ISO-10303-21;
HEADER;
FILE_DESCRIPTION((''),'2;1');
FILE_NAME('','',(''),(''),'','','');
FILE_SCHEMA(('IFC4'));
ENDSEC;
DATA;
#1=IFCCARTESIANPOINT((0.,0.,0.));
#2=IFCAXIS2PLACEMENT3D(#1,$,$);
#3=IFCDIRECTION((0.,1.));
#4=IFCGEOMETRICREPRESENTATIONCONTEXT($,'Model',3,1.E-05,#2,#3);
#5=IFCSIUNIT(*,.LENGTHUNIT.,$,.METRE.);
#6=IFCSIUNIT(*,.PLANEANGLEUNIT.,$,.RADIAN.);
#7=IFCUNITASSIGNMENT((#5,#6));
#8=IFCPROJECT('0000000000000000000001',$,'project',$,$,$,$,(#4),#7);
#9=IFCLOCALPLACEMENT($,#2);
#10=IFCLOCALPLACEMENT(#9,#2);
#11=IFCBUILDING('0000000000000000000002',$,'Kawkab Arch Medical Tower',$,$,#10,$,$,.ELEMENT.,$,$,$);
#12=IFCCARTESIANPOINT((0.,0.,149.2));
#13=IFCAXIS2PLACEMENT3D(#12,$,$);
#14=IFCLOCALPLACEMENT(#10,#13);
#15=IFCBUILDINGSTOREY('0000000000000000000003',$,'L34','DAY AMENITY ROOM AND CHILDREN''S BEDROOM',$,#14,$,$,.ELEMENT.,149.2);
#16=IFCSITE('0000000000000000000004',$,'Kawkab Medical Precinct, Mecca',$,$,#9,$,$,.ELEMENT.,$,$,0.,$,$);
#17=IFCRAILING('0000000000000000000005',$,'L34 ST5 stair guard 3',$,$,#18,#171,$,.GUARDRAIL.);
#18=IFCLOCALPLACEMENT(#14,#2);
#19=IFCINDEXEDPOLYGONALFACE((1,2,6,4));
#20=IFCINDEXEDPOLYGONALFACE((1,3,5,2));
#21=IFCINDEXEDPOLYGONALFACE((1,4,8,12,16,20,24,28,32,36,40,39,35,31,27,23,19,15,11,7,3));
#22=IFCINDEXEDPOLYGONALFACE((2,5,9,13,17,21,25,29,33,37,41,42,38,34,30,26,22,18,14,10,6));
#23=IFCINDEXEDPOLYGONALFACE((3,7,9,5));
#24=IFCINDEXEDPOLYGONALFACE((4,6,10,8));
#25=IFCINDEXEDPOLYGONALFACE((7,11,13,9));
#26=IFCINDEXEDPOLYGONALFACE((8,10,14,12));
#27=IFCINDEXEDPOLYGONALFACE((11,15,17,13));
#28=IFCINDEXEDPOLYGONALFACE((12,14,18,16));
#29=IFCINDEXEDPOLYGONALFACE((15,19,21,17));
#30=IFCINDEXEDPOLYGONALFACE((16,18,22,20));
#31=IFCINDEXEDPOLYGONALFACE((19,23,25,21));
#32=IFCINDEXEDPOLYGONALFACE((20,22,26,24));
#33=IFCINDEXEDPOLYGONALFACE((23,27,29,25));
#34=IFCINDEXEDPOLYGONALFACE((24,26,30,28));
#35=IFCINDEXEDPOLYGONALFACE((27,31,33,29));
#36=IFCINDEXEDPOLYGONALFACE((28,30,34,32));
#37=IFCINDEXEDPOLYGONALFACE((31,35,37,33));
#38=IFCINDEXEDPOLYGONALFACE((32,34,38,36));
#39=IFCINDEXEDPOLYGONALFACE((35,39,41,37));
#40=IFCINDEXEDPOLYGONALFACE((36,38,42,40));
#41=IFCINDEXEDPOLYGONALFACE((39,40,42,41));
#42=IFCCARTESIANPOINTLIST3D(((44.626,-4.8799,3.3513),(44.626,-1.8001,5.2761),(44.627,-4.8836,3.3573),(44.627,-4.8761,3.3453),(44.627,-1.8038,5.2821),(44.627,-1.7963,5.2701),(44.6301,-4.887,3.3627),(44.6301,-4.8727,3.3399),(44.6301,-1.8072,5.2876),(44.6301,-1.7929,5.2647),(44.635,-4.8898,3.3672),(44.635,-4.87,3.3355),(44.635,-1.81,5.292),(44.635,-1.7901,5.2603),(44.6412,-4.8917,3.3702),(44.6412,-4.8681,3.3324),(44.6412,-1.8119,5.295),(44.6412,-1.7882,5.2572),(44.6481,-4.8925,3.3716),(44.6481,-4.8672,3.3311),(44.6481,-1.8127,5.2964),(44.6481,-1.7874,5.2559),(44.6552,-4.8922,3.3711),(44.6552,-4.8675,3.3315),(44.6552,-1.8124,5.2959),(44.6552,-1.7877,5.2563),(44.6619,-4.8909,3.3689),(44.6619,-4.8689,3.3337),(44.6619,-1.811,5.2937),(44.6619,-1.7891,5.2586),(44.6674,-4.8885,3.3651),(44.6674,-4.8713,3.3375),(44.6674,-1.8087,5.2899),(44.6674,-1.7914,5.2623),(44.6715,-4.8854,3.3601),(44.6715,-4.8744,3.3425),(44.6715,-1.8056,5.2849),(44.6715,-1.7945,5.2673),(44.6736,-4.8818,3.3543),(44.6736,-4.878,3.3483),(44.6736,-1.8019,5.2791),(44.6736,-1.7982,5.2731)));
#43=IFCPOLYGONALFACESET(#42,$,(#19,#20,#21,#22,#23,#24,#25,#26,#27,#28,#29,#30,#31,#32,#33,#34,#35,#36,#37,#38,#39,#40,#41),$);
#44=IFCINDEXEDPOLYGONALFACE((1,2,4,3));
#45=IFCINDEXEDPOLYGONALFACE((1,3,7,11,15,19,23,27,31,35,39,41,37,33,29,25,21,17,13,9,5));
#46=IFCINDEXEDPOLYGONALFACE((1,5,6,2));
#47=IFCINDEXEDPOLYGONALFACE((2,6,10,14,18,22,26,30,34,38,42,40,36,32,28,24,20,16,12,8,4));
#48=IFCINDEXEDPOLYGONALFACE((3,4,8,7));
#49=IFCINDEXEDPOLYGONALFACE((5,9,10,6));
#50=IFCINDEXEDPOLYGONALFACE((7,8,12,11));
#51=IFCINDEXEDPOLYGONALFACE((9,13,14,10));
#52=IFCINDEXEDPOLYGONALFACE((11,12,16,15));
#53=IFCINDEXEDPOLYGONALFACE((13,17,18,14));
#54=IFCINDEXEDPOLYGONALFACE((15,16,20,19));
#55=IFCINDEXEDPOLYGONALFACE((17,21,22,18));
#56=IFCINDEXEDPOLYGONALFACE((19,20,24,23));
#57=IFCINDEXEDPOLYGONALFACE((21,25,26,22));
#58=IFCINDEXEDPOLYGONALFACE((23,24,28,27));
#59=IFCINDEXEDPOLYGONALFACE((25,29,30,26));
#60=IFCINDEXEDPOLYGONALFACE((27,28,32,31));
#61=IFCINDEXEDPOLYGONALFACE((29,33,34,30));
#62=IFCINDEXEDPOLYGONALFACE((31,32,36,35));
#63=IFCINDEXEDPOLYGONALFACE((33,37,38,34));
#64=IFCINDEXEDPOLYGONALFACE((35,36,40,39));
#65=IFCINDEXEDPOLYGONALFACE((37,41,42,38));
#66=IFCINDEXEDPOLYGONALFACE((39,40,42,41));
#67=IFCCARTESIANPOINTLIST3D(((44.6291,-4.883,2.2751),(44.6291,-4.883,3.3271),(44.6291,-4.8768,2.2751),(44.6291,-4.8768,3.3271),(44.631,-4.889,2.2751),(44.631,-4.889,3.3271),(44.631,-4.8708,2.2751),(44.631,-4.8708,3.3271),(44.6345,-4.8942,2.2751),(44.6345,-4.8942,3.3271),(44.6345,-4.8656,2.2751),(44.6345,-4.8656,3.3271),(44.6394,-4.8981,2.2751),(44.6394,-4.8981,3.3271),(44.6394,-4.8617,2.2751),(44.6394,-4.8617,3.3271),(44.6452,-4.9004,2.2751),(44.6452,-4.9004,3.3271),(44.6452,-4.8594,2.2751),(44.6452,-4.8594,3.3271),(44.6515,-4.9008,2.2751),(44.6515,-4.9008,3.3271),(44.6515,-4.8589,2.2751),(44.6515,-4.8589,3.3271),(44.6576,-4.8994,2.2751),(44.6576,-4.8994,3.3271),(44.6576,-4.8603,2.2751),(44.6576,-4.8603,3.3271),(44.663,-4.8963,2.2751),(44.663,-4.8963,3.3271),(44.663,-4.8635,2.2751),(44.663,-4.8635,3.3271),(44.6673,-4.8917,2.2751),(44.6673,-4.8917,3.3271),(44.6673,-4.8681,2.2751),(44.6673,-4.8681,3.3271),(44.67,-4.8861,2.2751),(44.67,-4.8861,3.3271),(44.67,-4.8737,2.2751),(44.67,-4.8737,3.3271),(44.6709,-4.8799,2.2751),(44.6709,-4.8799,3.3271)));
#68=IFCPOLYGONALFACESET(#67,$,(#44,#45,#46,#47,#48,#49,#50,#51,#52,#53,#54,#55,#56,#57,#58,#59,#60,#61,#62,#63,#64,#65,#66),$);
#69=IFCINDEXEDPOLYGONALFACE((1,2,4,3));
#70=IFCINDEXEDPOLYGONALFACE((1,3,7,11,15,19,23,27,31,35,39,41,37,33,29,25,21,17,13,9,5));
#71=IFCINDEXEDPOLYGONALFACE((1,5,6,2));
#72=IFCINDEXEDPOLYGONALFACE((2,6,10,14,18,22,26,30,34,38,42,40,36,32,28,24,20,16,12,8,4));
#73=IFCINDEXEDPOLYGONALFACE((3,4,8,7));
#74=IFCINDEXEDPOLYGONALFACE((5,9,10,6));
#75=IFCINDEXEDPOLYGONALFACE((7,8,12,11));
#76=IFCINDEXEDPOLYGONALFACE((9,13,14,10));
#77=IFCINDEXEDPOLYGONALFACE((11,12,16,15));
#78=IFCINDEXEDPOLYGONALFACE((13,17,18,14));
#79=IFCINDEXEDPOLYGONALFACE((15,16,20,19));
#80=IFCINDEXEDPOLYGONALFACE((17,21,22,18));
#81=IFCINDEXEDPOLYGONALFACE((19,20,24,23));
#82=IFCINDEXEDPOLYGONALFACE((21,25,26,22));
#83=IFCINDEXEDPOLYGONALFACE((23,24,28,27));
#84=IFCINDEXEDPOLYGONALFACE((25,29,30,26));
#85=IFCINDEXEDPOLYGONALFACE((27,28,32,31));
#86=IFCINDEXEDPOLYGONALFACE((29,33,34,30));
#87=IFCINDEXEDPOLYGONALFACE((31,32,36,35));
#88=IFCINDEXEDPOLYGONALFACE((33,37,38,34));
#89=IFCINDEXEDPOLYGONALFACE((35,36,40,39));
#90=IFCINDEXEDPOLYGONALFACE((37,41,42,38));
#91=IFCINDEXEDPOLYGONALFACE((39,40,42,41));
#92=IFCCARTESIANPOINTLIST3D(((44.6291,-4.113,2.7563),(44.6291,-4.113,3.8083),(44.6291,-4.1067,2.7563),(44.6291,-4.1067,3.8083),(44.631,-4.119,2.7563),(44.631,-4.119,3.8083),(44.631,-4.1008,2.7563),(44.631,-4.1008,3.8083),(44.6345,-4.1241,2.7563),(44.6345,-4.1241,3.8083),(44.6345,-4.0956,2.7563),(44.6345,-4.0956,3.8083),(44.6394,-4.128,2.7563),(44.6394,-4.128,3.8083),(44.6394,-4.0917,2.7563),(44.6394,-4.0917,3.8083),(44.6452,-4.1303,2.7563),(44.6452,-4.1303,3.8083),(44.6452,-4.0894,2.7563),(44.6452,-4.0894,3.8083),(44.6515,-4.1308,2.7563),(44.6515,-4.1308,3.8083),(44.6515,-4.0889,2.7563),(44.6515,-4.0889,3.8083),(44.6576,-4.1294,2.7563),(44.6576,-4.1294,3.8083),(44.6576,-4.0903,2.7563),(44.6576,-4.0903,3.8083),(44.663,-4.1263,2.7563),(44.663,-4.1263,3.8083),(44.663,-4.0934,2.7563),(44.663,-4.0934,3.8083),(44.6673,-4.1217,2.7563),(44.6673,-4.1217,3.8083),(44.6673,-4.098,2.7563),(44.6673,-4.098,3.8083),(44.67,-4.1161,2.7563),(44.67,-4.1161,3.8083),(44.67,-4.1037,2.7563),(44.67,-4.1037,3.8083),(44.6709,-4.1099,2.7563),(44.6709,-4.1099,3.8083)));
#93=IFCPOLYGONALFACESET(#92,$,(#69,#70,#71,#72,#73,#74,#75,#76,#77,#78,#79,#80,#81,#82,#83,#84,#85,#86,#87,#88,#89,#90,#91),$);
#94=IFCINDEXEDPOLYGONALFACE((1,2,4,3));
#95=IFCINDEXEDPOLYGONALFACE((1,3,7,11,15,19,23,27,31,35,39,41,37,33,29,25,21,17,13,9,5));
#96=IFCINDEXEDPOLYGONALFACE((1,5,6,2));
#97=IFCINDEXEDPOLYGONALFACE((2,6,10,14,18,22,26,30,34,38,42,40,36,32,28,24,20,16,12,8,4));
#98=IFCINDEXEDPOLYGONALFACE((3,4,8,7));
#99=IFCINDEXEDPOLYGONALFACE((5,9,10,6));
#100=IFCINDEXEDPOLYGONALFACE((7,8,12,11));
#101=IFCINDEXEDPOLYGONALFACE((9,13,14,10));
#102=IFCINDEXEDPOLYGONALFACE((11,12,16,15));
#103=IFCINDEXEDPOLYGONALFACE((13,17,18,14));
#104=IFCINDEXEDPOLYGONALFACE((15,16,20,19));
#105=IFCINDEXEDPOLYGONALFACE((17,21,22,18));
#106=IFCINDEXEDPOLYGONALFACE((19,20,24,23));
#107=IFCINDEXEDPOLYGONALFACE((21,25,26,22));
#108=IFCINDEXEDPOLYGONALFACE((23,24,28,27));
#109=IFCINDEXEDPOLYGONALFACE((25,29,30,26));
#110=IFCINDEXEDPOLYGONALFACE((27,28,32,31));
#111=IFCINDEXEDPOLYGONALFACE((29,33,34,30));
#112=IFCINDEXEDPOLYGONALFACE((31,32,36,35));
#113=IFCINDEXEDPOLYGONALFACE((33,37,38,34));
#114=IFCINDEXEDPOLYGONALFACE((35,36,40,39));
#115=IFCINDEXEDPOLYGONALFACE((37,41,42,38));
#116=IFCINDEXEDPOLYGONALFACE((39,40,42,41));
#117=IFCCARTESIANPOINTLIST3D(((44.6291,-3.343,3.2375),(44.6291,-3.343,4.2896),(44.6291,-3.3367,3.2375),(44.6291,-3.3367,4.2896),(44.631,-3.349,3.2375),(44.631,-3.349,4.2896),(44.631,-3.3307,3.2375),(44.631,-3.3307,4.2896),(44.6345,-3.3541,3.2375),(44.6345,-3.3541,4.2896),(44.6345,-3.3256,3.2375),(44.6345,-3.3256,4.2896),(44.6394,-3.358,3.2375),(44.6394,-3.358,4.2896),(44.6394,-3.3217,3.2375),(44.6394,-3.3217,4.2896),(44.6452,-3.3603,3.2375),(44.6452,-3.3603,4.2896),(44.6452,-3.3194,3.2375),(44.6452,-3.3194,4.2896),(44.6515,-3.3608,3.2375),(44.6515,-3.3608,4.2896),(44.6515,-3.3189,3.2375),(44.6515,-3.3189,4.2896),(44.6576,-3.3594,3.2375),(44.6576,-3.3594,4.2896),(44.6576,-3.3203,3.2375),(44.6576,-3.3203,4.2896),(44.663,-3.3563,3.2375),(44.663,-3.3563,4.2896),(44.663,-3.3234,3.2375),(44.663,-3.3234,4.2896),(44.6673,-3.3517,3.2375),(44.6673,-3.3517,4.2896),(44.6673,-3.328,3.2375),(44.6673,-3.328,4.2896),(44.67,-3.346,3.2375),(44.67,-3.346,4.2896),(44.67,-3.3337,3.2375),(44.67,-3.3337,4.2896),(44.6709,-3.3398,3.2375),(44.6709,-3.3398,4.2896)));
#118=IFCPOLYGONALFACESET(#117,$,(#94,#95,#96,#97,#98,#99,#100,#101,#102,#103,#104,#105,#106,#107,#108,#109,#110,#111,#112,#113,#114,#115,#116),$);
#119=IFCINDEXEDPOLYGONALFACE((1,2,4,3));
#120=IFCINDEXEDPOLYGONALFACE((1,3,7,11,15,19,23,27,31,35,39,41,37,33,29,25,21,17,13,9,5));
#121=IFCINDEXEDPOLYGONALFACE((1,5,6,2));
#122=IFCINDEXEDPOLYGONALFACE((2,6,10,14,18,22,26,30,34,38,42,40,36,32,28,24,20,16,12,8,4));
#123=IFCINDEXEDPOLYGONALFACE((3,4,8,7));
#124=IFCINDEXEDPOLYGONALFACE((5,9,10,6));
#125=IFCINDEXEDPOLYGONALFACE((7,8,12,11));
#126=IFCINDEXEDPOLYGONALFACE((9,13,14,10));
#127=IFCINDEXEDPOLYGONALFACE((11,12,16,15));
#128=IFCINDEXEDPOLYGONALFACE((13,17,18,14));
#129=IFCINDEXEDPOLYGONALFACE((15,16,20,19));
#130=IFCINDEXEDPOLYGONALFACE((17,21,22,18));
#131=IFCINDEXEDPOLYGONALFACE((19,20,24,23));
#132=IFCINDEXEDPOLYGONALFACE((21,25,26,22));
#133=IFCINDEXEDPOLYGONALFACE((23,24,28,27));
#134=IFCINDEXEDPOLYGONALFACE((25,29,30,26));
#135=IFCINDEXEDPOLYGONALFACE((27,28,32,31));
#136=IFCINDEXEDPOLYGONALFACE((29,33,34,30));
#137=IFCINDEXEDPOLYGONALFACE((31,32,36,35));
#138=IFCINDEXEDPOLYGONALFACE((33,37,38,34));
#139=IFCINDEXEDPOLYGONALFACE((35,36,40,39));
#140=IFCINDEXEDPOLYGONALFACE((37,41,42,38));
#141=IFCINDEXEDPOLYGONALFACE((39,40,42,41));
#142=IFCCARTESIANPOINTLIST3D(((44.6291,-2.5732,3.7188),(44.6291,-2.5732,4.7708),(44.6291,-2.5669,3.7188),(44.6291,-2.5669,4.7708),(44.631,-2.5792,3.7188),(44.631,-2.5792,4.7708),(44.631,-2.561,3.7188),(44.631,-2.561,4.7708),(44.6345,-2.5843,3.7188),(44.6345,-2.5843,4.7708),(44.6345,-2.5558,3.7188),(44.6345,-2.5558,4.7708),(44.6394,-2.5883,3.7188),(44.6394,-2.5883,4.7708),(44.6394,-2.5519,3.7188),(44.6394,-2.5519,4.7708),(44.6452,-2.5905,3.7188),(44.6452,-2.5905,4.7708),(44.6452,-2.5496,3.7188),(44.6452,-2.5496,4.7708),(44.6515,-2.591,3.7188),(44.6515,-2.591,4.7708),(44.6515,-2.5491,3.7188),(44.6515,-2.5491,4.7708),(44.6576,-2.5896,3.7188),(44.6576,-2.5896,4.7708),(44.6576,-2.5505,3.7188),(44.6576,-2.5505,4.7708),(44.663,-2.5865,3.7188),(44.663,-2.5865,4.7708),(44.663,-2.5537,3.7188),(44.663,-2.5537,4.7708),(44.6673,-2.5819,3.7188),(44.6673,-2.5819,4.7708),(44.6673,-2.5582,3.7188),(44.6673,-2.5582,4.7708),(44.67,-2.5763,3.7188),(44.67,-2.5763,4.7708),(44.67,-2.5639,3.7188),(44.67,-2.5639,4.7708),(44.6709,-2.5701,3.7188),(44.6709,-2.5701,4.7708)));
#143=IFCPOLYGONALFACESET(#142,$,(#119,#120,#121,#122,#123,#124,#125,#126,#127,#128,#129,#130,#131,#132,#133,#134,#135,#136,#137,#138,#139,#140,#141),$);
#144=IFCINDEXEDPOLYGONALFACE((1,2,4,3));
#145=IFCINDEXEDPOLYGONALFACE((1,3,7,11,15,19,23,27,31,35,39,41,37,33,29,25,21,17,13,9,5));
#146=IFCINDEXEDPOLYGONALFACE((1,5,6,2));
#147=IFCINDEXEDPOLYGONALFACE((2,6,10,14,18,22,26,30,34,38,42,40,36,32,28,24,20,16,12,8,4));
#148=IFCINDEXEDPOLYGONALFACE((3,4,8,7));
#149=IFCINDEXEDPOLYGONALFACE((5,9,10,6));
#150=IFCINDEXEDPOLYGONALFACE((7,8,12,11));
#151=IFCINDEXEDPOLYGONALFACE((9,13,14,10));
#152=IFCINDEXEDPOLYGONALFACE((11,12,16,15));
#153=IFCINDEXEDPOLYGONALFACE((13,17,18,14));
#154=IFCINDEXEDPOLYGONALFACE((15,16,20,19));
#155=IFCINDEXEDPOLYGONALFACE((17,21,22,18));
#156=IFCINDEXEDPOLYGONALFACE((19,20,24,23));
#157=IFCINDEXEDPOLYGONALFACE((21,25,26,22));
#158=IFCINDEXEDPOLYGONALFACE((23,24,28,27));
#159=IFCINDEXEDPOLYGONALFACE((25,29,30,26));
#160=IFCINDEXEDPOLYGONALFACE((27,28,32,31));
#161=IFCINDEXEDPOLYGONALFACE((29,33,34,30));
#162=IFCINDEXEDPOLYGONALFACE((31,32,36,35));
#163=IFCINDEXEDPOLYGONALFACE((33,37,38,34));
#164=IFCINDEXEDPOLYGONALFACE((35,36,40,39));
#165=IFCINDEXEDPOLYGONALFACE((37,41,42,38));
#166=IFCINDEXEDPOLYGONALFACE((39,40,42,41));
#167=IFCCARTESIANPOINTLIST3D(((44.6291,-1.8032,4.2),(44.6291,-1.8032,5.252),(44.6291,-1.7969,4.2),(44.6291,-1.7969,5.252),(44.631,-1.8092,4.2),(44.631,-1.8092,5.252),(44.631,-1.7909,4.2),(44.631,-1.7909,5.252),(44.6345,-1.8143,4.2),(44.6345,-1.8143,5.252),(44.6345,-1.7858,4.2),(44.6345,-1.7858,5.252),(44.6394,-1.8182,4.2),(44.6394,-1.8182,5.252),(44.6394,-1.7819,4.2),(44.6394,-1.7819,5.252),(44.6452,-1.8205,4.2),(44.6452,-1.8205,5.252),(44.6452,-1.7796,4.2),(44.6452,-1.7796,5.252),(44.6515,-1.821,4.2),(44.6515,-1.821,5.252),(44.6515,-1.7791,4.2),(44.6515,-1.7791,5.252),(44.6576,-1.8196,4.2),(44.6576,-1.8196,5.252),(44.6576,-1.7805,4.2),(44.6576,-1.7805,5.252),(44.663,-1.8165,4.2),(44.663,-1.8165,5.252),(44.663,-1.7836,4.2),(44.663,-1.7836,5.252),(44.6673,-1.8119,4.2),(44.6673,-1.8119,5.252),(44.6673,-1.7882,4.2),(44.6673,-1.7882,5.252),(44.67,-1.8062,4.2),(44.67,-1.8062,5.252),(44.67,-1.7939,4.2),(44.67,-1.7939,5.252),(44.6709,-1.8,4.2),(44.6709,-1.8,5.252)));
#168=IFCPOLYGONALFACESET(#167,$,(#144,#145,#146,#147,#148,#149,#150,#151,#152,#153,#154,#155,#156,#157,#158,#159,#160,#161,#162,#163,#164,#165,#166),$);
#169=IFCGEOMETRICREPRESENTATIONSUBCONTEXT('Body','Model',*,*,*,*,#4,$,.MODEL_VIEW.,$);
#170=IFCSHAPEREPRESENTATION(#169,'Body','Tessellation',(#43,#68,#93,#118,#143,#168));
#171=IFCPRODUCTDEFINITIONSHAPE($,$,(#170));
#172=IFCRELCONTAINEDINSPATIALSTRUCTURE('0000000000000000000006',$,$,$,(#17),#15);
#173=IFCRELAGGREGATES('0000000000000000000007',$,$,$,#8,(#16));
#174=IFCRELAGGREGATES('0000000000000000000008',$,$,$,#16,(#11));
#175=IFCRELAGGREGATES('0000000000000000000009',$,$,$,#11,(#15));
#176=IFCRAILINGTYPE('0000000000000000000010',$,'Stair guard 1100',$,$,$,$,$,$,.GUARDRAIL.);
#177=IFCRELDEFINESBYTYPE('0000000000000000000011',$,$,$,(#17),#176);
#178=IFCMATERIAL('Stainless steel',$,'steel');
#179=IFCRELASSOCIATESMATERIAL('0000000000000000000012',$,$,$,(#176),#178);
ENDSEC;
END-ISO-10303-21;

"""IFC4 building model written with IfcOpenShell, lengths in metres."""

from ifc_helpers import new_model, si_unit, direction, frame, origin, origin_2d, place, context, subcontext, project, spatial, circle, extrude, material, type_object, element, save


model = new_model("IFC4")

# Units and contexts
model_context = context("Model", 3, precision=1e-05, world=origin(), true_north=direction((0.0, 1.0)))
body_context = subcontext(model_context, "Body", "Model", "MODEL_VIEW")
ifc_project = project(units=[si_unit("LENGTHUNIT", "METRE"), si_unit("PLANEANGLEUNIT", "RADIAN")], contexts=[model_context])

# Site, building, storey
site_placement = place(None, origin())
site = spatial("IfcSite", under=ifc_project, at=site_placement, Name="Kawkab Medical Precinct, Mecca", CompositionType="ELEMENT", RefElevation=0.0)
building_placement = place(site_placement, origin())
building = spatial("IfcBuilding", under=site, at=building_placement, Name="Kawkab Arch Medical Tower", CompositionType="ELEMENT")
storey_placement = place(building_placement, frame((0.0, 0.0, 149.2)))
storey = spatial("IfcBuildingStorey", under=building, at=storey_placement, Name="L34", Description="DAY AMENITY ROOM AND CHILDREN'S BEDROOM", CompositionType="ELEMENT", Elevation=149.2)

# Railing
ifc_material_1 = material(Name="Stainless steel", Category="steel")
railing_type = type_object("IfcRailingType", Name="Stair guard 1100", PredefinedType="GUARDRAIL", material=ifc_material_1)
railing_1_placement = place(storey_placement, frame((44.6499, -4.8799, 2.2751)))
element("IfcRailing", 1, at=railing_1_placement, inside=storey, type_object=railing_type, Name="L34 ST5 stair guard 3", PredefinedType="GUARDRAIL", context=body_context, shape_type="SweptSolid", body=[
    extrude(circle(Radius=0.0239, at=origin_2d()), frame((0.0, 0.0, 1.0762), z_axis=(0.0, 0.84801, 0.529981), x_axis=(-1.0, 0.0, 0.0)), (0.0, 0.0, 1.0), 3.6318),
    extrude(circle(Radius=0.021, at=origin_2d()), origin(), (0.0, 0.0, 1.0), 1.052),
    extrude(circle(Radius=0.021, at=origin_2d()), frame((0.0, 0.77, 0.4812)), (0.0, 0.0, 1.0), 1.052),
    extrude(circle(Radius=0.021, at=origin_2d()), frame((0.0, 1.54, 0.9624)), (0.0, 0.0, 1.0), 1.052),
    extrude(circle(Radius=0.021, at=origin_2d()), frame((0.0, 2.3098, 1.4436)), (0.0, 0.0, 1.0), 1.052),
    extrude(circle(Radius=0.021, at=origin_2d()), frame((0.0, 3.0798, 1.9248)), (0.0, 0.0, 1.0), 1.052),
])

save(model, "model.ifc")
